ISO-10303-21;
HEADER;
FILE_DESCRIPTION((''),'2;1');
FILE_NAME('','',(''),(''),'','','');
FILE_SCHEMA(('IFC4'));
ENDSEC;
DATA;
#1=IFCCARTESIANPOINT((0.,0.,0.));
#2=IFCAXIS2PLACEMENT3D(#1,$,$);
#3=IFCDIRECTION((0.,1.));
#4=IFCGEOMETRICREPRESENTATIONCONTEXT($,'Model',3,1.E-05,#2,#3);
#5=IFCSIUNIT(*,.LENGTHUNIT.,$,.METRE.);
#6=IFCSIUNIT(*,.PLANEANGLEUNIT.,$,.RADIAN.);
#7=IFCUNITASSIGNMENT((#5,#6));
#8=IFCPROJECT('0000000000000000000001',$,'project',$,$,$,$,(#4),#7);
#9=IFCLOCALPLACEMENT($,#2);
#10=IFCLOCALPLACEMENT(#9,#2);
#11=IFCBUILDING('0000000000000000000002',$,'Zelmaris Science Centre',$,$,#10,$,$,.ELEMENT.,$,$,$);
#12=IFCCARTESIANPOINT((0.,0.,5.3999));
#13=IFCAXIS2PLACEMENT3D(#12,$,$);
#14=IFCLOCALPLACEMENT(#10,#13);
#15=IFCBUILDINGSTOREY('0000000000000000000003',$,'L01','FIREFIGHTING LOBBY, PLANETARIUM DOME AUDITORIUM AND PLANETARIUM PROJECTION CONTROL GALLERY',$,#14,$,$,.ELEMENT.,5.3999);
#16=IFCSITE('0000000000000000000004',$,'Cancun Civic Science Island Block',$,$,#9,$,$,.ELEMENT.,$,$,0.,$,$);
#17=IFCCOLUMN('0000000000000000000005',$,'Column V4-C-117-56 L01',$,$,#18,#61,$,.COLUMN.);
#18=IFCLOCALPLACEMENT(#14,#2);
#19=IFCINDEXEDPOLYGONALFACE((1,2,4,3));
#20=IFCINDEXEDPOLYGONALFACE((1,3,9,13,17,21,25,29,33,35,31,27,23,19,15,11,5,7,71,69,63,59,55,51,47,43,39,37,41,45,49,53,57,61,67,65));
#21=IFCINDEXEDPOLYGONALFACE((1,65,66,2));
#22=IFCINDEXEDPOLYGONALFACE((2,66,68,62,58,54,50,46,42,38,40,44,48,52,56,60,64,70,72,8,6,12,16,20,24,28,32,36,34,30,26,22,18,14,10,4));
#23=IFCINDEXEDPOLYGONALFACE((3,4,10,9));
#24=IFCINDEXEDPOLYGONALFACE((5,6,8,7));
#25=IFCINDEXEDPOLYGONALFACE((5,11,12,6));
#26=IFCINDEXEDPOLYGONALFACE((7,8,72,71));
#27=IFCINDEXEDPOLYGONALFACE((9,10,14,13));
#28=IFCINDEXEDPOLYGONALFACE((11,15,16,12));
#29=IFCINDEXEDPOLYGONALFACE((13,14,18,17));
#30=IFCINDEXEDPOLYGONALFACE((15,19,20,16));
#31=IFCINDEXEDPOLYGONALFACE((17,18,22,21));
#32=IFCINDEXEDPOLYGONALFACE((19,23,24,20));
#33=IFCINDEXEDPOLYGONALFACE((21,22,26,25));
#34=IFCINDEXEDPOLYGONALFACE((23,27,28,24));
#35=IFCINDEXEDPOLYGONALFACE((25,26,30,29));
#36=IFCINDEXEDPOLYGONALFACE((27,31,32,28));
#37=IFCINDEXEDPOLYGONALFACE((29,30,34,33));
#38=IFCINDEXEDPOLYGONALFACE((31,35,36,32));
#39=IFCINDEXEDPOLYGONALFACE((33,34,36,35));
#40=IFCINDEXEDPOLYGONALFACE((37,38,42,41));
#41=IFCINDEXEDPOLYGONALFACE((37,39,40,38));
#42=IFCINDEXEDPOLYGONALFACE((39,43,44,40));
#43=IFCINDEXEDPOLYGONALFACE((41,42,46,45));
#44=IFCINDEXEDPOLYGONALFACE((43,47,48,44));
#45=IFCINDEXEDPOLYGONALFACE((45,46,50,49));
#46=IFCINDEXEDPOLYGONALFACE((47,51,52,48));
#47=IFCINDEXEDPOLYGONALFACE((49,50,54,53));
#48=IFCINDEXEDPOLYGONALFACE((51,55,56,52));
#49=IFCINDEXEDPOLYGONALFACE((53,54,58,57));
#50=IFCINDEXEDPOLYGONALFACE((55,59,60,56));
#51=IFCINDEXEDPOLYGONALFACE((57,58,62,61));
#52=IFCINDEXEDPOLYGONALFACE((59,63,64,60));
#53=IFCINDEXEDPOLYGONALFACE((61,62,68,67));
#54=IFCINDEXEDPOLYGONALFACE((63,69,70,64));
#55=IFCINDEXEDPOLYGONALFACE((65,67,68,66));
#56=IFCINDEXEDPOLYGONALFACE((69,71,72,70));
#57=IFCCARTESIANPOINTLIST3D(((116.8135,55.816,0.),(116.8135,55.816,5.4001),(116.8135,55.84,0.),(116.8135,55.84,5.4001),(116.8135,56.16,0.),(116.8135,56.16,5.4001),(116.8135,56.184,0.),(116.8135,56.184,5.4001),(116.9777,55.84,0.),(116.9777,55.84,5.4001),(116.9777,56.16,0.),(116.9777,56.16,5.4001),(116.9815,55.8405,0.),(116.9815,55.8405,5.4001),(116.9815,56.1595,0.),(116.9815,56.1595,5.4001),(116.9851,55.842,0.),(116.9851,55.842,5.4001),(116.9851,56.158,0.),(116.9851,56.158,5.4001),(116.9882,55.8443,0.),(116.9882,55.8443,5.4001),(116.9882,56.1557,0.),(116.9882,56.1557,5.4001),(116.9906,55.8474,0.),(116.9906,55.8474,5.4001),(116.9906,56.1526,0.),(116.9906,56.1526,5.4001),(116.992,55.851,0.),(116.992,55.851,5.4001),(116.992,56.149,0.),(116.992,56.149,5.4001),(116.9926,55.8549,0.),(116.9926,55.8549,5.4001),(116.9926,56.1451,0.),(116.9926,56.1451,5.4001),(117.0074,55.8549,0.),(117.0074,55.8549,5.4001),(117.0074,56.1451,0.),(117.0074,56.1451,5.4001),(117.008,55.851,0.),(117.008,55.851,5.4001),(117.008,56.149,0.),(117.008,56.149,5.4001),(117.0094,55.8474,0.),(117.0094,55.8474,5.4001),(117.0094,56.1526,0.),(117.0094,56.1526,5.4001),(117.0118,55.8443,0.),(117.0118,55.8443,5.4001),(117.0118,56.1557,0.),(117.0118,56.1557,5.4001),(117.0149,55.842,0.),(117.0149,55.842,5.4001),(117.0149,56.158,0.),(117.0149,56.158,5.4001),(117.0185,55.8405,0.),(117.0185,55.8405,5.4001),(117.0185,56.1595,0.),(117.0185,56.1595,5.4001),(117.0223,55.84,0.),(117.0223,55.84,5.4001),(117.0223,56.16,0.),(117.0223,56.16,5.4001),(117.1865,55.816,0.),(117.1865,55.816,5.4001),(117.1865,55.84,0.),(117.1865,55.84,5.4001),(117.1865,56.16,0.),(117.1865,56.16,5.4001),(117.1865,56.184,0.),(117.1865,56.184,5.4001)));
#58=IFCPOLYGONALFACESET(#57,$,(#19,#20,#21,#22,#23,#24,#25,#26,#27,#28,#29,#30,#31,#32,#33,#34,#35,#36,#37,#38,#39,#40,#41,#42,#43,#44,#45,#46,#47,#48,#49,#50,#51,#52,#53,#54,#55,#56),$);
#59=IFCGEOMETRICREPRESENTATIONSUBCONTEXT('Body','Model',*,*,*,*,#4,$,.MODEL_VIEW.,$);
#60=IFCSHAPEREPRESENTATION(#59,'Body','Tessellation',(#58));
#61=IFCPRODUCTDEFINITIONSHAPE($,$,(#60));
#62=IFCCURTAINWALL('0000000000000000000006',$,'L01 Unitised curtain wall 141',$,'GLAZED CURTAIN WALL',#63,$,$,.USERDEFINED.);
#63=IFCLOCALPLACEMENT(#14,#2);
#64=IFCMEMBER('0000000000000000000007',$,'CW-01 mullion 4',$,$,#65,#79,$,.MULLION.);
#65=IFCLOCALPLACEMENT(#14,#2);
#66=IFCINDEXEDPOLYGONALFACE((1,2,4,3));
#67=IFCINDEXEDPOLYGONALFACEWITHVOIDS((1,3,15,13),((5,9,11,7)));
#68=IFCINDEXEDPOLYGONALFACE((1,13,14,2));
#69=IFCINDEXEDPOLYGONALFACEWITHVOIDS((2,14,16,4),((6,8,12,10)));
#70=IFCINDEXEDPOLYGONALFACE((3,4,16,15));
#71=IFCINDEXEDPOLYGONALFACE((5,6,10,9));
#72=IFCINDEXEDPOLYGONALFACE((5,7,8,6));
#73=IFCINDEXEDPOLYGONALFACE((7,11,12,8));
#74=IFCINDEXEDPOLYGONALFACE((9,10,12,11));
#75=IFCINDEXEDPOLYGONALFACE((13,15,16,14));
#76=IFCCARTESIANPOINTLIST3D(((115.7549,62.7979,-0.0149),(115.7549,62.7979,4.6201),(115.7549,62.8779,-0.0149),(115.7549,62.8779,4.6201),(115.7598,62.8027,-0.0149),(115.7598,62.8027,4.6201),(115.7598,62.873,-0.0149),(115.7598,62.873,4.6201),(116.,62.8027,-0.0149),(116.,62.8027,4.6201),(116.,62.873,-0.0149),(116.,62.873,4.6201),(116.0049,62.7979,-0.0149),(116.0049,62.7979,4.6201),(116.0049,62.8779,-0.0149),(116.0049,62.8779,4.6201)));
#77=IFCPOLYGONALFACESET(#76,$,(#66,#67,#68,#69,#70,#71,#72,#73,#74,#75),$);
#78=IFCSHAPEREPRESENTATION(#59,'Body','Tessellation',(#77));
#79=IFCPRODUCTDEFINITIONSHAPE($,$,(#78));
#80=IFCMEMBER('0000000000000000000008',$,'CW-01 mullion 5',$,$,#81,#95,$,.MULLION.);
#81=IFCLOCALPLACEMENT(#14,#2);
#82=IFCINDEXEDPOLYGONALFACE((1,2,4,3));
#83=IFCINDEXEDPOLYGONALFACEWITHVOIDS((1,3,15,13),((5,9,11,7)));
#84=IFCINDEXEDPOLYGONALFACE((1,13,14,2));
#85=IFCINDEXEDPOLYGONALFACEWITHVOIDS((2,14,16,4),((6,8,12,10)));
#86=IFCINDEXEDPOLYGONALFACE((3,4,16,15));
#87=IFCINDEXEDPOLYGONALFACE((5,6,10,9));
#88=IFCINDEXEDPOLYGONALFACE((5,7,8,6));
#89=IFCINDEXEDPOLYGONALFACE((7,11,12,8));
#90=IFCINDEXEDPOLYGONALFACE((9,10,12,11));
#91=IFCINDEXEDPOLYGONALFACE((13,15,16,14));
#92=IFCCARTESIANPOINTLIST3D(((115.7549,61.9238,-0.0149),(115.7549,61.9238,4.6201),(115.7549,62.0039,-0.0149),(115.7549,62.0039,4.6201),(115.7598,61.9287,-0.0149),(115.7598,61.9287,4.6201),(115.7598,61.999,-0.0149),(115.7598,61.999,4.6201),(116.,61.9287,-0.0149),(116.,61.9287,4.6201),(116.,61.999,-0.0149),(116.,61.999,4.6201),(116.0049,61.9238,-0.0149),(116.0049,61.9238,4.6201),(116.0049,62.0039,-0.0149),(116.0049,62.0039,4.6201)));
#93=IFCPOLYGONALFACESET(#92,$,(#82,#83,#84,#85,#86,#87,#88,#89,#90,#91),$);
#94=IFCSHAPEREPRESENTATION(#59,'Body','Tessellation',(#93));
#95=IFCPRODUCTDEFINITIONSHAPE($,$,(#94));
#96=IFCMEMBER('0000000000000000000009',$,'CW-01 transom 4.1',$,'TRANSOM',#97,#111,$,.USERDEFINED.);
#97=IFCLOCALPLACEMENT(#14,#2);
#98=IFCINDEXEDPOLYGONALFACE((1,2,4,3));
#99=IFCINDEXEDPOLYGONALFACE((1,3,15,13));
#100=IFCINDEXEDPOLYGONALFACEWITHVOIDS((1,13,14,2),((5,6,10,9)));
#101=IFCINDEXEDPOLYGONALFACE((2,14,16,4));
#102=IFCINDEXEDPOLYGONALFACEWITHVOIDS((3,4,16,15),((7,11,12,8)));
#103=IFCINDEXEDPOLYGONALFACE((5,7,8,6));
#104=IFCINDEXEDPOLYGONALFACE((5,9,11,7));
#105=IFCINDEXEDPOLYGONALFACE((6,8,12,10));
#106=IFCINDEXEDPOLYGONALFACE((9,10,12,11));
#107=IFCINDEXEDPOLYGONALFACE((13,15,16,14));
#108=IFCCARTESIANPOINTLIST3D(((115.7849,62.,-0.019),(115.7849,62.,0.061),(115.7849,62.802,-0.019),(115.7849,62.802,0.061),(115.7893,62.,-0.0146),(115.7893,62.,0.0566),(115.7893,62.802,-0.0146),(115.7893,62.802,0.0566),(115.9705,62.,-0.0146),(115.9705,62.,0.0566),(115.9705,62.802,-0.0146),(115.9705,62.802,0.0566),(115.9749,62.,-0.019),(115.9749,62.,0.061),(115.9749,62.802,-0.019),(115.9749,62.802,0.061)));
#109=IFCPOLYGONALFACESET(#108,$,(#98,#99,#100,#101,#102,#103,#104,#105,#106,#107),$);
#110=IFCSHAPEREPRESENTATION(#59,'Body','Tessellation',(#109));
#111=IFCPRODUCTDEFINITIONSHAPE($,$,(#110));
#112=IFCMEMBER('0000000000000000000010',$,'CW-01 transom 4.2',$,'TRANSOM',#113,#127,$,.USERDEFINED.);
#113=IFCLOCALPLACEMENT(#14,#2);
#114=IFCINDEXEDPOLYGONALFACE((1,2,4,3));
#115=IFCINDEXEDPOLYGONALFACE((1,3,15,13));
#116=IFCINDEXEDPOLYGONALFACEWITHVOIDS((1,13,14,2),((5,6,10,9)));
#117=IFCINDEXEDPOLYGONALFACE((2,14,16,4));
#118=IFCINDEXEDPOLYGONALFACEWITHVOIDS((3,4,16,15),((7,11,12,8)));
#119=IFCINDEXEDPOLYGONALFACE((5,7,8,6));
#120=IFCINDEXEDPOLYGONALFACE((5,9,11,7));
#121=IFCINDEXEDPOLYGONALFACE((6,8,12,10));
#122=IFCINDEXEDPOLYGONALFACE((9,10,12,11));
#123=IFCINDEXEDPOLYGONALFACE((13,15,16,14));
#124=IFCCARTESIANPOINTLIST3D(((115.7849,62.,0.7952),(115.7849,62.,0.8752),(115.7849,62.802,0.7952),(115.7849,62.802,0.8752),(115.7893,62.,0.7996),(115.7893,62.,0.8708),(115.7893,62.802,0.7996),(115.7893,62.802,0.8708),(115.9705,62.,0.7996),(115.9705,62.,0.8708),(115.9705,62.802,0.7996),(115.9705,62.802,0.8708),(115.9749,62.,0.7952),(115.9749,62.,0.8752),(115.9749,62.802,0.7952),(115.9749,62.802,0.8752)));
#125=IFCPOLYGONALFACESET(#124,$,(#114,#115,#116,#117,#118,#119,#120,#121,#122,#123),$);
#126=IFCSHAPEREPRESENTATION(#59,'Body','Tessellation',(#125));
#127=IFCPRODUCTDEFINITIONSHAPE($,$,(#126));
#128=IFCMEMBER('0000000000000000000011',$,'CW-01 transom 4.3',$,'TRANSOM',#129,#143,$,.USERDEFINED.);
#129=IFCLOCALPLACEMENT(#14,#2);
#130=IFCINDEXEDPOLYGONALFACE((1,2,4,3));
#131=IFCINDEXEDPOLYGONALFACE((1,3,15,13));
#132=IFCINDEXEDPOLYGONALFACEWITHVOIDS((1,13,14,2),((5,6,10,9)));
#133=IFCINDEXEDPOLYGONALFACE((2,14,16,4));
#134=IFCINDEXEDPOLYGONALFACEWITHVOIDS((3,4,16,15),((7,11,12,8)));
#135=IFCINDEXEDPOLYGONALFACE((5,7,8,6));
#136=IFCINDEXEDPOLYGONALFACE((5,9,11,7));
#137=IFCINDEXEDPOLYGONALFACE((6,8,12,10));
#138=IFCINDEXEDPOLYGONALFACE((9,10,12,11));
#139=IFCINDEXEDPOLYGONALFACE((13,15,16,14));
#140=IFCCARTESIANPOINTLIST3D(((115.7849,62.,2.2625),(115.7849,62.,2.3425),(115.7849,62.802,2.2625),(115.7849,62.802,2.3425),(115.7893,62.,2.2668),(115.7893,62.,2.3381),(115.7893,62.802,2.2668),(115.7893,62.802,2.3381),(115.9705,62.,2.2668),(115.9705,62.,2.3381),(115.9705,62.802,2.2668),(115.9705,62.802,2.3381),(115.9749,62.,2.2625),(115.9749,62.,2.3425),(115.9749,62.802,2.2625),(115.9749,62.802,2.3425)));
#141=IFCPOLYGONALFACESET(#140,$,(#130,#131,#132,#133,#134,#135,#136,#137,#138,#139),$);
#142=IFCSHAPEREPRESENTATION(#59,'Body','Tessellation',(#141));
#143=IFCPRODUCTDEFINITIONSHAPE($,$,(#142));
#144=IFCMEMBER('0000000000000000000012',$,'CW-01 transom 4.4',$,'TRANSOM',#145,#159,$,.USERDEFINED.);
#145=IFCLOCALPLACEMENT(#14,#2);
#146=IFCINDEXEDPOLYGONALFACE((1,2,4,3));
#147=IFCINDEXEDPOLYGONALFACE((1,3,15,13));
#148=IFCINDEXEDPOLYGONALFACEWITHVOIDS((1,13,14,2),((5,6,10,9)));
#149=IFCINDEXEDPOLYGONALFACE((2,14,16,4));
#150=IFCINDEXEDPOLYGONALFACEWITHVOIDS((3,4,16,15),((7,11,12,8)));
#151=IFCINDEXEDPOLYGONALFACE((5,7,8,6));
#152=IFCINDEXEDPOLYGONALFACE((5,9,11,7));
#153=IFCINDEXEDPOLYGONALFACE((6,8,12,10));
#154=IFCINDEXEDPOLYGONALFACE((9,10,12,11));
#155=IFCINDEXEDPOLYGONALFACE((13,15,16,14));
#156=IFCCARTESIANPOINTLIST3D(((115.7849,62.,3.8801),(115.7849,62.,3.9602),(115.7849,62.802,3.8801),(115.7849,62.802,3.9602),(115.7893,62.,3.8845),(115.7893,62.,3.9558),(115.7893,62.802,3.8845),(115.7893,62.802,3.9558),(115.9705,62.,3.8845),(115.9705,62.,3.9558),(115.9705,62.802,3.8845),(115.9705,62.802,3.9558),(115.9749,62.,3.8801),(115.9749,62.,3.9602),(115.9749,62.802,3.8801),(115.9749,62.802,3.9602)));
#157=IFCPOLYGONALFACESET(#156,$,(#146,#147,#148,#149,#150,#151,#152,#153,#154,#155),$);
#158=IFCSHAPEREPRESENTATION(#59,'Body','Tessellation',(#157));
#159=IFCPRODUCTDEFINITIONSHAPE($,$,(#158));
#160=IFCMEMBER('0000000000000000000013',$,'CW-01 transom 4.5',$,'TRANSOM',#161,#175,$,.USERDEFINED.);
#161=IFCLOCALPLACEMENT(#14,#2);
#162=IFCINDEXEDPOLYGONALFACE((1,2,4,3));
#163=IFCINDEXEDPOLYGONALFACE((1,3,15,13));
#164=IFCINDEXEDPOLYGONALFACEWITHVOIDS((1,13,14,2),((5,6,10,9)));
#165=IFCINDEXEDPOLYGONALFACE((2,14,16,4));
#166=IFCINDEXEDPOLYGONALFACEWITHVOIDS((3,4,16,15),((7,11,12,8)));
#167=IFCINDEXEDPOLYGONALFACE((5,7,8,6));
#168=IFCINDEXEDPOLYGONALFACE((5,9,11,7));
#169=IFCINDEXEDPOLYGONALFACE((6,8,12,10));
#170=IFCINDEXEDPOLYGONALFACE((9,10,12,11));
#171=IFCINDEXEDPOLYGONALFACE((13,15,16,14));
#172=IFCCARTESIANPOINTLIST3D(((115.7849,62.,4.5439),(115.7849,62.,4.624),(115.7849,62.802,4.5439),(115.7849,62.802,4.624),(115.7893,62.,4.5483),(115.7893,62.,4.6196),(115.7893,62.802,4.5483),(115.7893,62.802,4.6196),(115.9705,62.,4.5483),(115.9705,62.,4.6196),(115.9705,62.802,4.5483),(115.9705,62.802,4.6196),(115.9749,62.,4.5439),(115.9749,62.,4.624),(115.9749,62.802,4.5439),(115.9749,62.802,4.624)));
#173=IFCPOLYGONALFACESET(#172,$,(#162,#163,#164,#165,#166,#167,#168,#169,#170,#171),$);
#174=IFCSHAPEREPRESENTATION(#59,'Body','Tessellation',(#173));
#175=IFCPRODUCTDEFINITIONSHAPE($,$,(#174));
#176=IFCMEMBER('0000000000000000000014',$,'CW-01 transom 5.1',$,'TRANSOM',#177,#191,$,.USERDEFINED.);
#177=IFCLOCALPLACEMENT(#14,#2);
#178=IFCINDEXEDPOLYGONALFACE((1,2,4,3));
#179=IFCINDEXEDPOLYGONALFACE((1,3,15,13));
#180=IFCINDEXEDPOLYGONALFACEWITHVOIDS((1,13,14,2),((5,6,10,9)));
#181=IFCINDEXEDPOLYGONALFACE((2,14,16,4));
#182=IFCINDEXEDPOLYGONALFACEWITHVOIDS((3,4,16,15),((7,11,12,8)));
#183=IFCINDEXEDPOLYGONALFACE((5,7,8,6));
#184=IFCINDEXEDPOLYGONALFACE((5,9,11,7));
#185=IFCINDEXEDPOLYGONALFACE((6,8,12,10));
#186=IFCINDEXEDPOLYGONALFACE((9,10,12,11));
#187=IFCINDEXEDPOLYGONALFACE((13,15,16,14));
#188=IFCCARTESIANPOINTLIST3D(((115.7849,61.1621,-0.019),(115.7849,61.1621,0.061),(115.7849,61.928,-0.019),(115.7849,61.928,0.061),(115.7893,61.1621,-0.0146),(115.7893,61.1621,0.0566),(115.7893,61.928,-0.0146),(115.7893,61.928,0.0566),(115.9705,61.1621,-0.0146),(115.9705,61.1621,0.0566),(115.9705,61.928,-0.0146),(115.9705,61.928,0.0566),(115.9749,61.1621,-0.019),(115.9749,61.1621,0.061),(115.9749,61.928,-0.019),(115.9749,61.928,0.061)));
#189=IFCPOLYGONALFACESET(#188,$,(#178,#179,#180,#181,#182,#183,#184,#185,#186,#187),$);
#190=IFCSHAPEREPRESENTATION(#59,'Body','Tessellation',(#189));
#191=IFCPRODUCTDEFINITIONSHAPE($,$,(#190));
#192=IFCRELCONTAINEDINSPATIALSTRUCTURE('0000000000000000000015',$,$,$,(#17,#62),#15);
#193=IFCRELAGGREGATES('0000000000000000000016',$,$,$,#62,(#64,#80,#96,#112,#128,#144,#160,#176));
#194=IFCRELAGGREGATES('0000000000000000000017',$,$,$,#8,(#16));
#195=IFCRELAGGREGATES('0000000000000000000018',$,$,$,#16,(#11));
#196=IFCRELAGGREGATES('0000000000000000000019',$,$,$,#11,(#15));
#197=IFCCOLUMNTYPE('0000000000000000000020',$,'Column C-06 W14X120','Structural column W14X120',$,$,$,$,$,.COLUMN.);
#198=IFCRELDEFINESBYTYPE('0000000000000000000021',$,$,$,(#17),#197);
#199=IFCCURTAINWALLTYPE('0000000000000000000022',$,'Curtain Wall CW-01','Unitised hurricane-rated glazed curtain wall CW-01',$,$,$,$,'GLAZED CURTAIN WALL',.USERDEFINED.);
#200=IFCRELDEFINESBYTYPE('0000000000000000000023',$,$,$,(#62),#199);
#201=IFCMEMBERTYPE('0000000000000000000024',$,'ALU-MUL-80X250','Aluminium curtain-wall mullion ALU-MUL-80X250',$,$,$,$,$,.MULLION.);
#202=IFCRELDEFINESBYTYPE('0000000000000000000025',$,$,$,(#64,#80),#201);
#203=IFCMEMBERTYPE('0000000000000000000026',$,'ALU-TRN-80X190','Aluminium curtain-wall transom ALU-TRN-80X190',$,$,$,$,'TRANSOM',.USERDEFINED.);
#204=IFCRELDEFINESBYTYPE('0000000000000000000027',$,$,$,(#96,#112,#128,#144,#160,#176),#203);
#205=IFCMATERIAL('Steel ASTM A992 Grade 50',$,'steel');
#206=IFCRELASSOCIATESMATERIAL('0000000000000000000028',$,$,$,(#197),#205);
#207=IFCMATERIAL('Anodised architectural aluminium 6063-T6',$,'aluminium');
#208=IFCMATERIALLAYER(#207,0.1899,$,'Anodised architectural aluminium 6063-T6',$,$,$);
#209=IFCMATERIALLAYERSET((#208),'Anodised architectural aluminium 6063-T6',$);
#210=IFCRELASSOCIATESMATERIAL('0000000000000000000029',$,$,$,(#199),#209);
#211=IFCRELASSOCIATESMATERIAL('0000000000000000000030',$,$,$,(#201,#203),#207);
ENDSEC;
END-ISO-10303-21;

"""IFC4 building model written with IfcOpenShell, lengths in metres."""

from ifc_helpers import new_model, si_unit, direction, frame, origin, origin_2d, place, context, subcontext, project, spatial, hollow_rectangle, i_section, extrude, material, layer, layer_set, material_profile, profile_set, type_object, element, aggregate, save


model = new_model("IFC4")

# Units and contexts
model_context = context("Model", 3, precision=1e-05, world=origin(), true_north=direction((0.0, 1.0)))
body_context = subcontext(model_context, "Body", "Model", "MODEL_VIEW")
ifc_project = project(units=[si_unit("LENGTHUNIT", "METRE"), si_unit("PLANEANGLEUNIT", "RADIAN")], contexts=[model_context])

# Site, building, storey
site_placement = place(None, origin())
site = spatial("IfcSite", under=ifc_project, at=site_placement, Name="Cancun Civic Science Island Block", CompositionType="ELEMENT", RefElevation=0.0)
building_placement = place(site_placement, origin())
building = spatial("IfcBuilding", under=site, at=building_placement, Name="Zelmaris Science Centre", CompositionType="ELEMENT")
storey_placement = place(building_placement, frame((0.0, 0.0, 5.3999)))
storey = spatial("IfcBuildingStorey", under=building, at=storey_placement, Name="L01", Description="FIREFIGHTING LOBBY, PLANETARIUM DOME AUDITORIUM AND PLANETARIUM PROJECTION CONTROL GALLERY", CompositionType="ELEMENT", Elevation=5.3999)

# Column
ifc_material_1 = material(Name="Steel ASTM A992 Grade 50", Category="steel")
ifc_material_profile_1 = material_profile(ifc_material_1, i_section(OverallWidth=0.373, OverallDepth=0.3679, WebThickness=0.0149, FlangeThickness=0.0239, FilletRadius=0.0149, at=origin_2d()), Name="W14X120")
ifc_profile_set_1 = profile_set([ifc_material_profile_1], Name="Steel ASTM A992 Grade 50")
column_type = type_object("IfcColumnType", Name="Column C-06 W14X120", Description="Structural column W14X120", PredefinedType="COLUMN", material=ifc_profile_set_1)
column_placement = place(storey_placement, frame((117.0, 56.0, 0.0), z_axis=(0.0, 0.0, 1.0), x_axis=(1.0, 0.0, 0.0)))
element("IfcColumn", 1, at=column_placement, inside=storey, type_object=column_type, Name="Column V4-C-117-56 L01", PredefinedType="COLUMN", context=body_context, shape_type="SweptSolid", body=[
    extrude(i_section(OverallWidth=0.373, OverallDepth=0.3679, WebThickness=0.0149, FlangeThickness=0.0239, FilletRadius=0.0149, at=origin_2d()), origin(), (0.0, 0.0, 1.0), 5.4001),
])

# Curtain wall, members
ifc_material_2 = material(Name="Anodised architectural aluminium 6063-T6", Category="aluminium")
ifc_layer_1 = layer(ifc_material_2, 0.1899, Name="Anodised architectural aluminium 6063-T6")
ifc_layer_set_1 = layer_set([ifc_layer_1], Name="Anodised architectural aluminium 6063-T6")
curtain_wall_type = type_object("IfcCurtainWallType", Name="Curtain Wall CW-01", Description="Unitised hurricane-rated glazed curtain wall CW-01", ElementType="GLAZED CURTAIN WALL", PredefinedType="USERDEFINED", material=ifc_layer_set_1)
curtain_wall_placement = place(storey_placement, origin())
curtain_wall = element("IfcCurtainWall", 2, at=curtain_wall_placement, inside=storey, type_object=curtain_wall_type, Name="L01 Unitised curtain wall 141", ObjectType="GLAZED CURTAIN WALL", PredefinedType="USERDEFINED")
ifc_material_profile_2 = material_profile(ifc_material_2, hollow_rectangle(XDim=0.0801, YDim=0.25, WallThickness=0.0049, at=origin_2d()), Name="ALU-MUL-80X250")
ifc_profile_set_2 = profile_set([ifc_material_profile_2], Name="Anodised architectural aluminium 6063-T6")
member_type_1 = type_object("IfcMemberType", Name="ALU-MUL-80X250", Description="Aluminium curtain-wall mullion ALU-MUL-80X250", PredefinedType="MULLION", material=ifc_profile_set_2)
member_1_placement = place(storey_placement, frame((115.8799, 62.8379, -0.0149), z_axis=(0.0, 0.0, 1.0), x_axis=(0.000007, -1.0, 0.0)))
member_1 = element("IfcMember", 3, at=member_1_placement, type_object=member_type_1, Name="CW-01 mullion 4", PredefinedType="MULLION", context=body_context, shape_type="SweptSolid", body=[
    extrude(hollow_rectangle(XDim=0.0801, YDim=0.25, WallThickness=0.0049, at=origin_2d()), origin(), (0.0, 0.0, 1.0), 4.635),
])
member_2_placement = place(storey_placement, frame((115.8799, 61.9639, -0.0149), z_axis=(0.0, 0.0, 1.0), x_axis=(0.000007, -1.0, 0.0)))
member_2 = element("IfcMember", 4, at=member_2_placement, type_object=member_type_1, Name="CW-01 mullion 5", PredefinedType="MULLION", context=body_context, shape_type="SweptSolid", body=[
    extrude(hollow_rectangle(XDim=0.0801, YDim=0.25, WallThickness=0.0049, at=origin_2d()), origin(), (0.0, 0.0, 1.0), 4.635),
])
ifc_material_profile_3 = material_profile(ifc_material_2, hollow_rectangle(XDim=0.0801, YDim=0.1899, WallThickness=0.0044, at=origin_2d()), Name="ALU-TRN-80X190")
ifc_profile_set_3 = profile_set([ifc_material_profile_3], Name="Anodised architectural aluminium 6063-T6")
member_type_2 = type_object("IfcMemberType", Name="ALU-TRN-80X190", Description="Aluminium curtain-wall transom ALU-TRN-80X190", ElementType="TRANSOM", PredefinedType="USERDEFINED", material=ifc_profile_set_3)
member_3_placement = place(storey_placement, frame((115.8799, 62.802, 0.021), z_axis=(0.0, -1.0, 0.0), x_axis=(0.0, 0.0, 1.0)))
member_3 = element("IfcMember", 5, at=member_3_placement, type_object=member_type_2, Name="CW-01 transom 4.1", ObjectType="TRANSOM", PredefinedType="USERDEFINED", context=body_context, shape_type="SweptSolid", body=[
    extrude(hollow_rectangle(XDim=0.0801, YDim=0.1899, WallThickness=0.0044, at=origin_2d()), origin(), (0.0, 0.0, 1.0), 0.802),
])
member_4_placement = place(storey_placement, frame((115.8799, 62.802, 0.8352), z_axis=(0.0, -1.0, 0.0), x_axis=(0.0, 0.0, 1.0)))
member_4 = element("IfcMember", 6, at=member_4_placement, type_object=member_type_2, Name="CW-01 transom 4.2", ObjectType="TRANSOM", PredefinedType="USERDEFINED", context=body_context, shape_type="SweptSolid", body=[
    extrude(hollow_rectangle(XDim=0.0801, YDim=0.1899, WallThickness=0.0044, at=origin_2d()), origin(), (0.0, 0.0, 1.0), 0.802),
])
member_5_placement = place(storey_placement, frame((115.8799, 62.802, 2.3025), z_axis=(0.0, -1.0, 0.0), x_axis=(0.0, 0.0, 1.0)))
member_5 = element("IfcMember", 7, at=member_5_placement, type_object=member_type_2, Name="CW-01 transom 4.3", ObjectType="TRANSOM", PredefinedType="USERDEFINED", context=body_context, shape_type="SweptSolid", body=[
    extrude(hollow_rectangle(XDim=0.0801, YDim=0.1899, WallThickness=0.0044, at=origin_2d()), origin(), (0.0, 0.0, 1.0), 0.802),
])
member_6_placement = place(storey_placement, frame((115.8799, 62.802, 3.9202), z_axis=(0.0, -1.0, 0.0), x_axis=(0.0, 0.0, 1.0)))
member_6 = element("IfcMember", 8, at=member_6_placement, type_object=member_type_2, Name="CW-01 transom 4.4", ObjectType="TRANSOM", PredefinedType="USERDEFINED", context=body_context, shape_type="SweptSolid", body=[
    extrude(hollow_rectangle(XDim=0.0801, YDim=0.1899, WallThickness=0.0044, at=origin_2d()), origin(), (0.0, 0.0, 1.0), 0.802),
])
member_7_placement = place(storey_placement, frame((115.8799, 62.802, 4.584), z_axis=(0.0, -1.0, 0.0), x_axis=(0.0, 0.0, 1.0)))
member_7 = element("IfcMember", 9, at=member_7_placement, type_object=member_type_2, Name="CW-01 transom 4.5", ObjectType="TRANSOM", PredefinedType="USERDEFINED", context=body_context, shape_type="SweptSolid", body=[
    extrude(hollow_rectangle(XDim=0.0801, YDim=0.1899, WallThickness=0.0044, at=origin_2d()), origin(), (0.0, 0.0, 1.0), 0.802),
])
member_8_placement = place(storey_placement, frame((115.8799, 61.928, 0.021), z_axis=(0.0, -1.0, 0.0), x_axis=(0.0, 0.0, 1.0)))
member_8 = element("IfcMember", 10, at=member_8_placement, type_object=member_type_2, Name="CW-01 transom 5.1", ObjectType="TRANSOM", PredefinedType="USERDEFINED", context=body_context, shape_type="SweptSolid", body=[
    extrude(hollow_rectangle(XDim=0.0801, YDim=0.1899, WallThickness=0.0044, at=origin_2d()), origin(), (0.0, 0.0, 1.0), 0.7659),
])

aggregate(curtain_wall, [member_1, member_2, member_3, member_4, member_5, member_6, member_7, member_8])

save(model, "model.ifc")
